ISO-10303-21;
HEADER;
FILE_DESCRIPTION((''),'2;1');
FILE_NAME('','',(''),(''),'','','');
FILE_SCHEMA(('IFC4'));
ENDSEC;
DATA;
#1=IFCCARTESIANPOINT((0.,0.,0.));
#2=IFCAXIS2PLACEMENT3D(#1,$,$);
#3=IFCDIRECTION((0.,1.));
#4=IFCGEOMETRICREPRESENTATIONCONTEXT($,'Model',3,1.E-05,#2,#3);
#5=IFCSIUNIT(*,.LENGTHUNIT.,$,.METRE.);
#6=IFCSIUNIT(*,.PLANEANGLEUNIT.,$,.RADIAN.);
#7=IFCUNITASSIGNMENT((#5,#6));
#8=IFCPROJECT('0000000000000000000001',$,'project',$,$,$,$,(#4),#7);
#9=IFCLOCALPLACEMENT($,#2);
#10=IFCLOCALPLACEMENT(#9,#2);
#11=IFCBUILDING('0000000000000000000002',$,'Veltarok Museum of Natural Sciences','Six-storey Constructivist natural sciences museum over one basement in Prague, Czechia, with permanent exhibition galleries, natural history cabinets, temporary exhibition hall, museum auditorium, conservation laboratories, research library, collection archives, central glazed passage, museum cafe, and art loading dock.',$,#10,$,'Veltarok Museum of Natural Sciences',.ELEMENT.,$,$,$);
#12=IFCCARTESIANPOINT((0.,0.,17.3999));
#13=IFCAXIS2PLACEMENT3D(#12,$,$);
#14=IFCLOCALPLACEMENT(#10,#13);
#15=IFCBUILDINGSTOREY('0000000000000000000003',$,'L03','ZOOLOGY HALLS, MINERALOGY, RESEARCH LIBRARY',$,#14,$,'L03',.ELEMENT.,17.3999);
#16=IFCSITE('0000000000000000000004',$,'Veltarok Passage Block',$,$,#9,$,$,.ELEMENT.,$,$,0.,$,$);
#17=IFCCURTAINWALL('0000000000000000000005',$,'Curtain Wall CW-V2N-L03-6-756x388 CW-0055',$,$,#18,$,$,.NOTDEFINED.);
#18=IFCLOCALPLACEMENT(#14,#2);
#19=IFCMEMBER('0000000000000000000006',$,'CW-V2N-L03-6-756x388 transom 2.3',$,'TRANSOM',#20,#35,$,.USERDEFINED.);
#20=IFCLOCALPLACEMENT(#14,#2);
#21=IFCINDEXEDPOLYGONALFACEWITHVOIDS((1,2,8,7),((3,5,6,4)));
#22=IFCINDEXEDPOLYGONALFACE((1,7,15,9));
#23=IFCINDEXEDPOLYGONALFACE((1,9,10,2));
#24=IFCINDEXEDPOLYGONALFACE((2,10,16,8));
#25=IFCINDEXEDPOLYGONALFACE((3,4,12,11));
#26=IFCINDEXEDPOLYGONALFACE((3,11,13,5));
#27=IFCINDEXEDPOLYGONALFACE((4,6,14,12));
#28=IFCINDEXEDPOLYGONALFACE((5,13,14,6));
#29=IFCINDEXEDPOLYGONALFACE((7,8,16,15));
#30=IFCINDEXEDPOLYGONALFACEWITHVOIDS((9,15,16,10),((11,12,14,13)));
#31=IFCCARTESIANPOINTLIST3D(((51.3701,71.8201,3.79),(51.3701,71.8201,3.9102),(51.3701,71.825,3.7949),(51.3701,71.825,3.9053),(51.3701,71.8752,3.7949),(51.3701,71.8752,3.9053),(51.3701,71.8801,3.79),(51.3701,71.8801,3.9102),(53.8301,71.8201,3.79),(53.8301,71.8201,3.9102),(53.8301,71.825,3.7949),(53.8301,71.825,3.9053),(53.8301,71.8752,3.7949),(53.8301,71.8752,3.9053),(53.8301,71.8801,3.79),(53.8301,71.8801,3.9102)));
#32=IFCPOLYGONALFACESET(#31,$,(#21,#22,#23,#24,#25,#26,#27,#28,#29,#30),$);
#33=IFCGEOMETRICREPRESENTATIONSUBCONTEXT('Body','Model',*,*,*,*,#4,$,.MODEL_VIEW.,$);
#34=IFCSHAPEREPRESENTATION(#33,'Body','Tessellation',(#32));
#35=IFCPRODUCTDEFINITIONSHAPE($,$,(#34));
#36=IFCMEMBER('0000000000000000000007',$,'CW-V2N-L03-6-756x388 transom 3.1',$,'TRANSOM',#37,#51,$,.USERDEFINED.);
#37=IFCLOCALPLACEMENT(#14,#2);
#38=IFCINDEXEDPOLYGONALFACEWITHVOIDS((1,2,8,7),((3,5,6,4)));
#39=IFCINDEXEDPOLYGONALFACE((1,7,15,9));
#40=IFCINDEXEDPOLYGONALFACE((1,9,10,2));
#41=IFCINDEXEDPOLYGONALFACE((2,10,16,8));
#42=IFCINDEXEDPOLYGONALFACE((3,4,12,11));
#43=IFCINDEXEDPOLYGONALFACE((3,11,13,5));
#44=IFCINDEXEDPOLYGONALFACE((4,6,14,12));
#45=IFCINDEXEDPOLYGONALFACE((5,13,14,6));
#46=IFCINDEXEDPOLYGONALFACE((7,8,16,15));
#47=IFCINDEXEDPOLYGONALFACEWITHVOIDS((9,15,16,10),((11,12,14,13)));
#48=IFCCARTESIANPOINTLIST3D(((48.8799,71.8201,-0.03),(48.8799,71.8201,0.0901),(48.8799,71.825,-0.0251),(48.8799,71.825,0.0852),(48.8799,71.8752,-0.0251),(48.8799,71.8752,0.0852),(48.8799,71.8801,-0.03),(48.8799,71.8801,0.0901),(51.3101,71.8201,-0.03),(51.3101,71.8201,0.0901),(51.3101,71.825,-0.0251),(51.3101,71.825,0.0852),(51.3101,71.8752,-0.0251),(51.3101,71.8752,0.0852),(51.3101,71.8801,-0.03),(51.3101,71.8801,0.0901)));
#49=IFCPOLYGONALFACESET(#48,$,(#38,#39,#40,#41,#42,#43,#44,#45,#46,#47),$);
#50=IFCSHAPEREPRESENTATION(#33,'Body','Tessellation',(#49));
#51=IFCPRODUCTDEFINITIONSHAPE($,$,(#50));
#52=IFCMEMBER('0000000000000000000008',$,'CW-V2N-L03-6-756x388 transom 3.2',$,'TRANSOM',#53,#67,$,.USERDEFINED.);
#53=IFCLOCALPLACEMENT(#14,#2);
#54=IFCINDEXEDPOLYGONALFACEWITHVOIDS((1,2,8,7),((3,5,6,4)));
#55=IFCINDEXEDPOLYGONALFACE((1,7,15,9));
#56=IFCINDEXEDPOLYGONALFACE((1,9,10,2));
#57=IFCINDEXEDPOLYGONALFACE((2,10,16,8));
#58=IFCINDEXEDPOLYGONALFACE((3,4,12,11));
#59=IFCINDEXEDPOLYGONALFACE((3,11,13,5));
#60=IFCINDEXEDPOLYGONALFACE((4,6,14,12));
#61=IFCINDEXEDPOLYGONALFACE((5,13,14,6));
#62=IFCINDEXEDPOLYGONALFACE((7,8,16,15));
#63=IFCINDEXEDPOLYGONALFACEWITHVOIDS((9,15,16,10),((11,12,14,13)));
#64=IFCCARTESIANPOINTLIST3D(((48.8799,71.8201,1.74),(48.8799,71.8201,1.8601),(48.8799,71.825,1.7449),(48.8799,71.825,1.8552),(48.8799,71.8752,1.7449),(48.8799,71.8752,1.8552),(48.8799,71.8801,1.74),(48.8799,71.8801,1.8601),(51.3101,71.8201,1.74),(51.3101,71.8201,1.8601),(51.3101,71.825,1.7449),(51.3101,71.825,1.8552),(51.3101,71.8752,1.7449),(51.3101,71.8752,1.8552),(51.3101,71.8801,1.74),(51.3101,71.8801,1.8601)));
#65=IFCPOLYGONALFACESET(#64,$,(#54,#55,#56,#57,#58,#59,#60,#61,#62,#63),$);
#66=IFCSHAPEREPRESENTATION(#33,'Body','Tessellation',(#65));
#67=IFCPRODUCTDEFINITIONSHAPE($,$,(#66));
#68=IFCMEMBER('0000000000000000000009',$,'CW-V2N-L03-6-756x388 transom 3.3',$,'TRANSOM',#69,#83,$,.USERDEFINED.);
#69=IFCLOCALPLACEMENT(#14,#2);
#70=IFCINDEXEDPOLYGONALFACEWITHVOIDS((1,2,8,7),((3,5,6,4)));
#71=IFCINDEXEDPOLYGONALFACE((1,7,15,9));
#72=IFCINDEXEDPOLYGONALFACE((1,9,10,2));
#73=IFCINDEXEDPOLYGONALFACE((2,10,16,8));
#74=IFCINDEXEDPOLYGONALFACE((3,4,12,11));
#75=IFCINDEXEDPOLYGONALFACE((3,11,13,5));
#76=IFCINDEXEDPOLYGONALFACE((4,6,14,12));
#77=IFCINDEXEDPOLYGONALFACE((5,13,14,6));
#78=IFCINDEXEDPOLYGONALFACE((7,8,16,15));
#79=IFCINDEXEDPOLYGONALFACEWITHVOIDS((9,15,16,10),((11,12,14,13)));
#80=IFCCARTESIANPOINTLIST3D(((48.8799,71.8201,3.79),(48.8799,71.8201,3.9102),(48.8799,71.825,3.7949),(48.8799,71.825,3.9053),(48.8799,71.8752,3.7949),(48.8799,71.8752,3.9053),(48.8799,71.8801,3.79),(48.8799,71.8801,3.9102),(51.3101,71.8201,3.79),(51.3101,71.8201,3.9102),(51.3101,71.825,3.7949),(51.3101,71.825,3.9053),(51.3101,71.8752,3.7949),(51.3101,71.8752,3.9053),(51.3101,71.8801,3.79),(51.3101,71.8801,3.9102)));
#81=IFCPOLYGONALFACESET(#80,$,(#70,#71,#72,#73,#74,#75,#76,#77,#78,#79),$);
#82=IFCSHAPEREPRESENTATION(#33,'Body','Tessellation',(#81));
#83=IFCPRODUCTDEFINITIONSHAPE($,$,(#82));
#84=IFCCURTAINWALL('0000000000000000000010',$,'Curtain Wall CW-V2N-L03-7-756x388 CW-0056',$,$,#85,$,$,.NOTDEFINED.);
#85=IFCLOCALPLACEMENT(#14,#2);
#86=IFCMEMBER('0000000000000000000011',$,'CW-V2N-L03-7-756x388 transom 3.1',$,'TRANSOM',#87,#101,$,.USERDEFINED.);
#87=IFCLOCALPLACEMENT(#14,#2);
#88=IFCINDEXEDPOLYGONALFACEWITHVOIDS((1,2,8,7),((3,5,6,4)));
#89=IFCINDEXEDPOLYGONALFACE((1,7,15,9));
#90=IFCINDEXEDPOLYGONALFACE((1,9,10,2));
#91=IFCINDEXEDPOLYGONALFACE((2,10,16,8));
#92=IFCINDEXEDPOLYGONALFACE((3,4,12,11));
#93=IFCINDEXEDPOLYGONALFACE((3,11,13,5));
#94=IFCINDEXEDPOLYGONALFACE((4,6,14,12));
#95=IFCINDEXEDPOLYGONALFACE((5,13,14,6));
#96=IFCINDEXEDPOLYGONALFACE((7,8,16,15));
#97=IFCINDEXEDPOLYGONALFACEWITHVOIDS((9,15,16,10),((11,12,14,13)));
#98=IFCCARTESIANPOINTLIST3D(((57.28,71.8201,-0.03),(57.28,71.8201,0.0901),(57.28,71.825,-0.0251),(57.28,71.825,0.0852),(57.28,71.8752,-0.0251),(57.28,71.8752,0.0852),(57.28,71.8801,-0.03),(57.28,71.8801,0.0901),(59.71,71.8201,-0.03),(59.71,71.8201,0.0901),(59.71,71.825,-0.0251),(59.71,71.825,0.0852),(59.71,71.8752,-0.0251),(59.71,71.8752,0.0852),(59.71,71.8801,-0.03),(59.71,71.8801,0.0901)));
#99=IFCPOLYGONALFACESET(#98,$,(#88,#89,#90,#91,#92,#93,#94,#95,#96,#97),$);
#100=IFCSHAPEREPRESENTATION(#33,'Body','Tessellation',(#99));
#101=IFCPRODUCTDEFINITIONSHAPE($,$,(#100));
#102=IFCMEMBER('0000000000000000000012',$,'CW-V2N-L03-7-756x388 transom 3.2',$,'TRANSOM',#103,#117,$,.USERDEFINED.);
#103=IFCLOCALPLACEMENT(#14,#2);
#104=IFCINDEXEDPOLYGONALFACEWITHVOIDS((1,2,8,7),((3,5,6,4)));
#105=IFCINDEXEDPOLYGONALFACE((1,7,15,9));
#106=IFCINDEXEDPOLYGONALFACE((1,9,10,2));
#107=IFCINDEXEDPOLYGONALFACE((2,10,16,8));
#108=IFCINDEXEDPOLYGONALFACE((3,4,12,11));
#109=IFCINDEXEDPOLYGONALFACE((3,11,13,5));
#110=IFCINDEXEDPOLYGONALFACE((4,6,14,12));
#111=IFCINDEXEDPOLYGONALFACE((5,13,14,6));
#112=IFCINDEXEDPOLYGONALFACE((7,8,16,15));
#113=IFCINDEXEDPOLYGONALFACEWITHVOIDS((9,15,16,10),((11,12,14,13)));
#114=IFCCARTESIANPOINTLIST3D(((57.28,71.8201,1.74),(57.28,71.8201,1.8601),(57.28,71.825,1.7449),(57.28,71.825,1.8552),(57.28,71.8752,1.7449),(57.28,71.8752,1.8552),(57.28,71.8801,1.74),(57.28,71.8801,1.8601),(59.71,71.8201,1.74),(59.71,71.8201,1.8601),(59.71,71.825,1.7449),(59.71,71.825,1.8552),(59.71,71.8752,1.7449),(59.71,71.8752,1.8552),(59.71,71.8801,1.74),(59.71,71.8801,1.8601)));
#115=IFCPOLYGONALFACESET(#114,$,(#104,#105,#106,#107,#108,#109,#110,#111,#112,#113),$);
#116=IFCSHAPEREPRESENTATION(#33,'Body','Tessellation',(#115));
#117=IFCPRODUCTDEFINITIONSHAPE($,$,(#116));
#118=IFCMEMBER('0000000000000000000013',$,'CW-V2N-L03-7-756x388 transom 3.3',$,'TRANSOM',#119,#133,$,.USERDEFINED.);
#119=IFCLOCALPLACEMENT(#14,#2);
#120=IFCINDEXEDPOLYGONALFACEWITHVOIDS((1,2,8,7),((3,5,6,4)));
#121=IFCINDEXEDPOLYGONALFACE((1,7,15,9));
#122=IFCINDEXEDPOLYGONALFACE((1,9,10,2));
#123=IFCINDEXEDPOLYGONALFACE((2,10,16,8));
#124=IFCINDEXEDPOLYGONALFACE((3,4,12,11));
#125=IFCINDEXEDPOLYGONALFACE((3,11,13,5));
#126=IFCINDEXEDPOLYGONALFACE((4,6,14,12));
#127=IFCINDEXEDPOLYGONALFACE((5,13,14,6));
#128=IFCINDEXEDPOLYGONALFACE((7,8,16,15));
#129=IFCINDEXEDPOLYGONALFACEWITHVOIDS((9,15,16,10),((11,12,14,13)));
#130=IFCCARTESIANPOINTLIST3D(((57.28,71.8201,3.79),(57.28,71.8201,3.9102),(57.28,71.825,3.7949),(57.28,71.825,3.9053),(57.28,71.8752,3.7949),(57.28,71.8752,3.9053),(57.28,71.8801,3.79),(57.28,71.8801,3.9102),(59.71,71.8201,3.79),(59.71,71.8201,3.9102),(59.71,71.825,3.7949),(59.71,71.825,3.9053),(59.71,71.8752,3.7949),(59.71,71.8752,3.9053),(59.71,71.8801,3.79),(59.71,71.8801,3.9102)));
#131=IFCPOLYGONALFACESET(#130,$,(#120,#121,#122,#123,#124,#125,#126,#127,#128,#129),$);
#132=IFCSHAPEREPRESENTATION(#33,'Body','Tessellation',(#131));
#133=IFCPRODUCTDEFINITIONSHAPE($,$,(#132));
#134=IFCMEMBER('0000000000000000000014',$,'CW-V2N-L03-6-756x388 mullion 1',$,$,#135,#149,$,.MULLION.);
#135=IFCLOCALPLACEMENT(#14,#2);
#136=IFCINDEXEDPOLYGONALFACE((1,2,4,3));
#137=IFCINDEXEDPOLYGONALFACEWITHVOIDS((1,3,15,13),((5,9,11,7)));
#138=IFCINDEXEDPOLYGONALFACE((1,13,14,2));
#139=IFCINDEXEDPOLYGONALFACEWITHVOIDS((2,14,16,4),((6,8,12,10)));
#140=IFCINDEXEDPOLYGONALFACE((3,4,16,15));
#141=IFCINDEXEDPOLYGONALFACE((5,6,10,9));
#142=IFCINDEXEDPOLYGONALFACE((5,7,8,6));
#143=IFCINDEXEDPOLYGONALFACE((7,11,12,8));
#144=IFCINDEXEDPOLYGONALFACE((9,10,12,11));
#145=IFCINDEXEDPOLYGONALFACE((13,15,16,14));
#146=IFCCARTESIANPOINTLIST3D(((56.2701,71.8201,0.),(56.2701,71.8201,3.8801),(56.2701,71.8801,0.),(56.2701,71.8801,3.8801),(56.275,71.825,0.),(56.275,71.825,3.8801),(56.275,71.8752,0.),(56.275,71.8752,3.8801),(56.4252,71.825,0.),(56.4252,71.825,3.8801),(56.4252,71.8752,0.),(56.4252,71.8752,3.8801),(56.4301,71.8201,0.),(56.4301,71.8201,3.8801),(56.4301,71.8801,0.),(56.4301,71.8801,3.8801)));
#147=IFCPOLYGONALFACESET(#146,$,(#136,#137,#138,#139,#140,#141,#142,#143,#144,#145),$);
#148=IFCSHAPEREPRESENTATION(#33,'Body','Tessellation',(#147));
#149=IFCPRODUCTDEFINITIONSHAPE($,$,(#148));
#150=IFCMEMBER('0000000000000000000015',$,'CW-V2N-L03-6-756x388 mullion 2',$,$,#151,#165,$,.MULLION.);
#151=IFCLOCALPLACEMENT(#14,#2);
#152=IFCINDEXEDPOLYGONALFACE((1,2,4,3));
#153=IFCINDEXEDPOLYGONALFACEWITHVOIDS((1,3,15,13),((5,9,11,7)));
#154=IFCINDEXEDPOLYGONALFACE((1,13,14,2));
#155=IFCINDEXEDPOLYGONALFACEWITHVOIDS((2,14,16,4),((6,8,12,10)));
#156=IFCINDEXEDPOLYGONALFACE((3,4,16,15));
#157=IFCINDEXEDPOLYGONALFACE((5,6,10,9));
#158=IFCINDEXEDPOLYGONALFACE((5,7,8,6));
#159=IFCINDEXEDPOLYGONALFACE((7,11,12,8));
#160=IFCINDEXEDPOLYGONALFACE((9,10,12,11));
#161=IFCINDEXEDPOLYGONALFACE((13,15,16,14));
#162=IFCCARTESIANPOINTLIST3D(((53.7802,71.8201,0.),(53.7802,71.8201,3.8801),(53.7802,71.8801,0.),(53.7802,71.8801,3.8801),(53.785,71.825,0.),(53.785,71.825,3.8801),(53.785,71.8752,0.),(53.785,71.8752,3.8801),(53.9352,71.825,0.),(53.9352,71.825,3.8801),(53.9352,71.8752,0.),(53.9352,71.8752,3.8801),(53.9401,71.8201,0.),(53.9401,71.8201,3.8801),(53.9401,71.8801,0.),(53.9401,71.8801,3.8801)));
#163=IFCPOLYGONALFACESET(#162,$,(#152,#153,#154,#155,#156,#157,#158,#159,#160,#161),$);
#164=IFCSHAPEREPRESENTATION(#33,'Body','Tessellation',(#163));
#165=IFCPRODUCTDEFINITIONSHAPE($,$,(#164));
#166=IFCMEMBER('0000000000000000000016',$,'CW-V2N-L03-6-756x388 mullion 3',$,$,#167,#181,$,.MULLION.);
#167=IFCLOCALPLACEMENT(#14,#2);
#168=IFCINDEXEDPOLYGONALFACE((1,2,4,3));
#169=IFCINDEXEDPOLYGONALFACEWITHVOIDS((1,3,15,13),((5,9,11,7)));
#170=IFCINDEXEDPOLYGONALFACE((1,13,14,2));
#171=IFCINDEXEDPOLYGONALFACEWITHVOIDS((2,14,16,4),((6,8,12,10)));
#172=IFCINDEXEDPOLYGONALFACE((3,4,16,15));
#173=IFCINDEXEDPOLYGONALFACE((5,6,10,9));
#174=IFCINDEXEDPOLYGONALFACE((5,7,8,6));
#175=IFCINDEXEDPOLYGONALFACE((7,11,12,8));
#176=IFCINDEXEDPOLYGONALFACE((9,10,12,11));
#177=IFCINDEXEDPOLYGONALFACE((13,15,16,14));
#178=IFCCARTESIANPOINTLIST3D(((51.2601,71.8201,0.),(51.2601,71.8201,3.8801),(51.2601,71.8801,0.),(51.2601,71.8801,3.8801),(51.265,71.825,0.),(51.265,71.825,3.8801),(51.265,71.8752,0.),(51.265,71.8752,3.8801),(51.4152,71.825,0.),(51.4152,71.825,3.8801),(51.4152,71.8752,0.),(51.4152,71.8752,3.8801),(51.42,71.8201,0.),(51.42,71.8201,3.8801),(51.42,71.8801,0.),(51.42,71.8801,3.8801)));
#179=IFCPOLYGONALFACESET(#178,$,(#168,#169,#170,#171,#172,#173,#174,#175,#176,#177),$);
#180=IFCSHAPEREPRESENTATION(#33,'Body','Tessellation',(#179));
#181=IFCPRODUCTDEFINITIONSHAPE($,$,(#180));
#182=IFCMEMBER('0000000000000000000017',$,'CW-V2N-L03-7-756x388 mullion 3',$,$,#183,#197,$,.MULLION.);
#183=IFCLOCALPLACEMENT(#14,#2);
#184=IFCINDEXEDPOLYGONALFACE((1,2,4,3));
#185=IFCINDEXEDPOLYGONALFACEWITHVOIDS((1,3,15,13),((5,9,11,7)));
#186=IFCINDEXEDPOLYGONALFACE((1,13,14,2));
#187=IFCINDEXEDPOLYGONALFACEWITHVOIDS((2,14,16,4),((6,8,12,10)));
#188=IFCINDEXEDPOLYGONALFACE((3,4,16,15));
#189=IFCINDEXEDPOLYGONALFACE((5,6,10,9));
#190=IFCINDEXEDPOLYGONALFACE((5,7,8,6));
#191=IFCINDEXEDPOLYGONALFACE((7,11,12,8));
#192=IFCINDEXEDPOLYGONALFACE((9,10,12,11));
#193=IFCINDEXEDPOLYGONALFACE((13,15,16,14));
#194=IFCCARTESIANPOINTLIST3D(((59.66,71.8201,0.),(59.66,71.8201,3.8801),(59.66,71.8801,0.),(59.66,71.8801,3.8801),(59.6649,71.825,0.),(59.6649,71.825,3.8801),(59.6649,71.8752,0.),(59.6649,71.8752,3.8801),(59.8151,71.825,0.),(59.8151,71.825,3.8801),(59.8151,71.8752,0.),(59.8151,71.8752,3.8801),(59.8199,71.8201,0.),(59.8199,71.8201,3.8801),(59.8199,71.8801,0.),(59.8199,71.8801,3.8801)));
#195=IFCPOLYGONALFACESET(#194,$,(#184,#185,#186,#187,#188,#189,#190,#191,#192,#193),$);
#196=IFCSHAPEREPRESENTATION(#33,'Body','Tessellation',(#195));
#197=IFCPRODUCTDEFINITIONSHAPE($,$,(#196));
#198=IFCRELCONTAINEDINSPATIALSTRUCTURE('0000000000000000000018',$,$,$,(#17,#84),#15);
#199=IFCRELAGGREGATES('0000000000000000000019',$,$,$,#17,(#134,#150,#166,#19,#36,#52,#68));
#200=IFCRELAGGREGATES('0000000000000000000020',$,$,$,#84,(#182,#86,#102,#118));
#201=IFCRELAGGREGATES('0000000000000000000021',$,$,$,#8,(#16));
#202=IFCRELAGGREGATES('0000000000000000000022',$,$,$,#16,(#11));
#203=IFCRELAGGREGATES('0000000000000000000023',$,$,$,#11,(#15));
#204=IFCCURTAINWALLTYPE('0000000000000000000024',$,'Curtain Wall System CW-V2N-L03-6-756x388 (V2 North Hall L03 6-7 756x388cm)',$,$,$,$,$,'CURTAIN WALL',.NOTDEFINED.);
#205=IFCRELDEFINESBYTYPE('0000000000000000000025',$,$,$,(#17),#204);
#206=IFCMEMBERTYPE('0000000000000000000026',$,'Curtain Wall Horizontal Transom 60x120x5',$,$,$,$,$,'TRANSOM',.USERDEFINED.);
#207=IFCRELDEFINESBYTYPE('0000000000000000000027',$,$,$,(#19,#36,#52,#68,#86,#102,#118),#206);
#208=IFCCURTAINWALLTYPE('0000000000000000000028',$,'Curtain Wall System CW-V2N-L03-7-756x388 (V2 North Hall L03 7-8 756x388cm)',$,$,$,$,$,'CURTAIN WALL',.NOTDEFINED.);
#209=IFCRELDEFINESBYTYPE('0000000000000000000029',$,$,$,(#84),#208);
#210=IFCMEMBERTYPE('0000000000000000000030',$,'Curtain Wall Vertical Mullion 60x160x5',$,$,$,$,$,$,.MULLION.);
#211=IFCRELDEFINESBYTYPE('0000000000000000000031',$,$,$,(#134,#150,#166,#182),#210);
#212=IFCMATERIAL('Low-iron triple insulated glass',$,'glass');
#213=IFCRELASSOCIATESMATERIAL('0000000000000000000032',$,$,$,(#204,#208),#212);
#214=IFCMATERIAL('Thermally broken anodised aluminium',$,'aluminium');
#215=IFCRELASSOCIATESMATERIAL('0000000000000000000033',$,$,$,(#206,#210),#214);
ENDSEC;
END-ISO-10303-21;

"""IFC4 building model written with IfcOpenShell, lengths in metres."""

from ifc_helpers import new_model, si_unit, direction, frame, origin, origin_2d, place, context, subcontext, project, spatial, hollow_rectangle, extrude, material, material_profile, profile_set, type_object, element, aggregate, save


model = new_model("IFC4")

# Units and contexts
model_context = context("Model", 3, precision=1e-05, world=origin(), true_north=direction((0.0, 1.0)))
body_context = subcontext(model_context, "Body", "Model", "MODEL_VIEW")
ifc_project = project(units=[si_unit("LENGTHUNIT", "METRE"), si_unit("PLANEANGLEUNIT", "RADIAN")], contexts=[model_context])

# Site, building, storey
site_placement = place(None, origin())
site = spatial("IfcSite", under=ifc_project, at=site_placement, Name="Veltarok Passage Block", CompositionType="ELEMENT", RefElevation=0.0)
building_placement = place(site_placement, origin())
building = spatial("IfcBuilding", under=site, at=building_placement, Name="Veltarok Museum of Natural Sciences", Description="Six-storey Constructivist natural sciences museum over one basement in Prague, Czechia, with permanent exhibition galleries, natural history cabinets, temporary exhibition hall, museum auditorium, conservation laboratories, research library, collection archives, central glazed passage, museum cafe, and art loading dock.", LongName="Veltarok Museum of Natural Sciences", CompositionType="ELEMENT")
storey_placement = place(building_placement, frame((0.0, 0.0, 17.3999)))
storey = spatial("IfcBuildingStorey", under=building, at=storey_placement, Name="L03", Description="ZOOLOGY HALLS, MINERALOGY, RESEARCH LIBRARY", LongName="L03", CompositionType="ELEMENT", Elevation=17.3999)

# Curtain walls, members
ifc_material_1 = material(Name="Low-iron triple insulated glass", Category="glass")
curtain_wall_type_1 = type_object("IfcCurtainWallType", Name="Curtain Wall System CW-V2N-L03-6-756x388 (V2 North Hall L03 6-7 756x388cm)", ElementType="CURTAIN WALL", PredefinedType="NOTDEFINED", material=ifc_material_1)
curtain_wall_1_placement = place(storey_placement, origin())
curtain_wall_1 = element("IfcCurtainWall", 1, at=curtain_wall_1_placement, inside=storey, type_object=curtain_wall_type_1, Name="Curtain Wall CW-V2N-L03-6-756x388 CW-0055", PredefinedType="NOTDEFINED")
ifc_material_2 = material(Name="Thermally broken anodised aluminium", Category="aluminium")
ifc_material_profile_1 = material_profile(ifc_material_2, hollow_rectangle(XDim=0.0601, YDim=0.1201, WallThickness=0.0049, at=origin_2d()), Name="CW TRANSOM 60x120x5")
ifc_profile_set_1 = profile_set([ifc_material_profile_1], Name="Thermally broken anodised aluminium")
member_type_1 = type_object("IfcMemberType", Name="Curtain Wall Horizontal Transom 60x120x5", ElementType="TRANSOM", PredefinedType="USERDEFINED", material=ifc_profile_set_1)
member_1_placement = place(storey_placement, frame((53.8301, 71.8501, 3.8501), z_axis=(-1.0, 0.0, 0.0), x_axis=(0.0, -1.0, 0.0)))
member_1 = element("IfcMember", 2, at=member_1_placement, type_object=member_type_1, Name="CW-V2N-L03-6-756x388 transom 2.3", ObjectType="TRANSOM", PredefinedType="USERDEFINED", context=body_context, shape_type="SweptSolid", body=[
    extrude(hollow_rectangle(XDim=0.0601, YDim=0.1201, WallThickness=0.0049, at=origin_2d()), origin(), (0.0, 0.0, 1.0), 2.46),
])
member_2_placement = place(storey_placement, frame((51.3101, 71.8501, 0.03), z_axis=(-1.0, 0.0, 0.0), x_axis=(0.0, -1.0, 0.0)))
member_2 = element("IfcMember", 3, at=member_2_placement, type_object=member_type_1, Name="CW-V2N-L03-6-756x388 transom 3.1", ObjectType="TRANSOM", PredefinedType="USERDEFINED", context=body_context, shape_type="SweptSolid", body=[
    extrude(hollow_rectangle(XDim=0.0601, YDim=0.1201, WallThickness=0.0049, at=origin_2d()), origin(), (0.0, 0.0, 1.0), 2.4302),
])
member_3_placement = place(storey_placement, frame((51.3101, 71.8501, 1.8), z_axis=(-1.0, 0.0, 0.0), x_axis=(0.0, -1.0, 0.0)))
member_3 = element("IfcMember", 4, at=member_3_placement, type_object=member_type_1, Name="CW-V2N-L03-6-756x388 transom 3.2", ObjectType="TRANSOM", PredefinedType="USERDEFINED", context=body_context, shape_type="SweptSolid", body=[
    extrude(hollow_rectangle(XDim=0.0601, YDim=0.1201, WallThickness=0.0049, at=origin_2d()), origin(), (0.0, 0.0, 1.0), 2.4302),
])
member_4_placement = place(storey_placement, frame((51.3101, 71.8501, 3.8501), z_axis=(-1.0, 0.0, 0.0), x_axis=(0.0, -1.0, 0.0)))
member_4 = element("IfcMember", 5, at=member_4_placement, type_object=member_type_1, Name="CW-V2N-L03-6-756x388 transom 3.3", ObjectType="TRANSOM", PredefinedType="USERDEFINED", context=body_context, shape_type="SweptSolid", body=[
    extrude(hollow_rectangle(XDim=0.0601, YDim=0.1201, WallThickness=0.0049, at=origin_2d()), origin(), (0.0, 0.0, 1.0), 2.4302),
])
curtain_wall_type_2 = type_object("IfcCurtainWallType", Name="Curtain Wall System CW-V2N-L03-7-756x388 (V2 North Hall L03 7-8 756x388cm)", ElementType="CURTAIN WALL", PredefinedType="NOTDEFINED", material=ifc_material_1)
curtain_wall_2_placement = place(storey_placement, origin())
curtain_wall_2 = element("IfcCurtainWall", 6, at=curtain_wall_2_placement, inside=storey, type_object=curtain_wall_type_2, Name="Curtain Wall CW-V2N-L03-7-756x388 CW-0056", PredefinedType="NOTDEFINED")
member_5_placement = place(storey_placement, frame((59.71, 71.8501, 0.03), z_axis=(-1.0, 0.0, 0.0), x_axis=(0.0, -1.0, 0.0)))
member_5 = element("IfcMember", 7, at=member_5_placement, type_object=member_type_1, Name="CW-V2N-L03-7-756x388 transom 3.1", ObjectType="TRANSOM", PredefinedType="USERDEFINED", context=body_context, shape_type="SweptSolid", body=[
    extrude(hollow_rectangle(XDim=0.0601, YDim=0.1201, WallThickness=0.0049, at=origin_2d()), origin(), (0.0, 0.0, 1.0), 2.4299),
])
member_6_placement = place(storey_placement, frame((59.71, 71.8501, 1.8), z_axis=(-1.0, 0.0, 0.0), x_axis=(0.0, -1.0, 0.0)))
member_6 = element("IfcMember", 8, at=member_6_placement, type_object=member_type_1, Name="CW-V2N-L03-7-756x388 transom 3.2", ObjectType="TRANSOM", PredefinedType="USERDEFINED", context=body_context, shape_type="SweptSolid", body=[
    extrude(hollow_rectangle(XDim=0.0601, YDim=0.1201, WallThickness=0.0049, at=origin_2d()), origin(), (0.0, 0.0, 1.0), 2.4299),
])
member_7_placement = place(storey_placement, frame((59.71, 71.8501, 3.8501), z_axis=(-1.0, 0.0, 0.0), x_axis=(0.0, -1.0, 0.0)))
member_7 = element("IfcMember", 9, at=member_7_placement, type_object=member_type_1, Name="CW-V2N-L03-7-756x388 transom 3.3", ObjectType="TRANSOM", PredefinedType="USERDEFINED", context=body_context, shape_type="SweptSolid", body=[
    extrude(hollow_rectangle(XDim=0.0601, YDim=0.1201, WallThickness=0.0049, at=origin_2d()), origin(), (0.0, 0.0, 1.0), 2.4299),
])

# Members
ifc_material_profile_2 = material_profile(ifc_material_2, hollow_rectangle(XDim=0.0601, YDim=0.1599, WallThickness=0.0049, at=origin_2d()), Name="CW MULLION 60x160x5")
ifc_profile_set_2 = profile_set([ifc_material_profile_2], Name="Thermally broken anodised aluminium")
member_type_2 = type_object("IfcMemberType", Name="Curtain Wall Vertical Mullion 60x160x5", PredefinedType="MULLION", material=ifc_profile_set_2)
member_8_placement = place(storey_placement, frame((56.3501, 71.8501, 0.0), z_axis=(0.0, 0.0, 1.0), x_axis=(0.0, -1.0, 0.0)))
member_8 = element("IfcMember", 10, at=member_8_placement, type_object=member_type_2, Name="CW-V2N-L03-6-756x388 mullion 1", PredefinedType="MULLION", context=body_context, shape_type="SweptSolid", body=[
    extrude(hollow_rectangle(XDim=0.0601, YDim=0.1599, WallThickness=0.0049, at=origin_2d()), origin(), (0.0, 0.0, 1.0), 3.8801),
])
member_9_placement = place(storey_placement, frame((53.8601, 71.8501, 0.0), z_axis=(0.0, 0.0, 1.0), x_axis=(0.0, -1.0, 0.0)))
member_9 = element("IfcMember", 11, at=member_9_placement, type_object=member_type_2, Name="CW-V2N-L03-6-756x388 mullion 2", PredefinedType="MULLION", context=body_context, shape_type="SweptSolid", body=[
    extrude(hollow_rectangle(XDim=0.0601, YDim=0.1599, WallThickness=0.0049, at=origin_2d()), origin(), (0.0, 0.0, 1.0), 3.8801),
])
member_10_placement = place(storey_placement, frame((51.3401, 71.8501, 0.0), z_axis=(0.0, 0.0, 1.0), x_axis=(0.0, -1.0, 0.0)))
member_10 = element("IfcMember", 12, at=member_10_placement, type_object=member_type_2, Name="CW-V2N-L03-6-756x388 mullion 3", PredefinedType="MULLION", context=body_context, shape_type="SweptSolid", body=[
    extrude(hollow_rectangle(XDim=0.0601, YDim=0.1599, WallThickness=0.0049, at=origin_2d()), origin(), (0.0, 0.0, 1.0), 3.8801),
])
member_11_placement = place(storey_placement, frame((59.74, 71.8501, 0.0), z_axis=(0.0, 0.0, 1.0), x_axis=(0.0, -1.0, 0.0)))
member_11 = element("IfcMember", 13, at=member_11_placement, type_object=member_type_2, Name="CW-V2N-L03-7-756x388 mullion 3", PredefinedType="MULLION", context=body_context, shape_type="SweptSolid", body=[
    extrude(hollow_rectangle(XDim=0.0601, YDim=0.1599, WallThickness=0.0049, at=origin_2d()), origin(), (0.0, 0.0, 1.0), 3.8801),
])

aggregate(curtain_wall_1, [member_8, member_9, member_10, member_1, member_2, member_3, member_4])
aggregate(curtain_wall_2, [member_11, member_5, member_6, member_7])

save(model, "model.ifc")
